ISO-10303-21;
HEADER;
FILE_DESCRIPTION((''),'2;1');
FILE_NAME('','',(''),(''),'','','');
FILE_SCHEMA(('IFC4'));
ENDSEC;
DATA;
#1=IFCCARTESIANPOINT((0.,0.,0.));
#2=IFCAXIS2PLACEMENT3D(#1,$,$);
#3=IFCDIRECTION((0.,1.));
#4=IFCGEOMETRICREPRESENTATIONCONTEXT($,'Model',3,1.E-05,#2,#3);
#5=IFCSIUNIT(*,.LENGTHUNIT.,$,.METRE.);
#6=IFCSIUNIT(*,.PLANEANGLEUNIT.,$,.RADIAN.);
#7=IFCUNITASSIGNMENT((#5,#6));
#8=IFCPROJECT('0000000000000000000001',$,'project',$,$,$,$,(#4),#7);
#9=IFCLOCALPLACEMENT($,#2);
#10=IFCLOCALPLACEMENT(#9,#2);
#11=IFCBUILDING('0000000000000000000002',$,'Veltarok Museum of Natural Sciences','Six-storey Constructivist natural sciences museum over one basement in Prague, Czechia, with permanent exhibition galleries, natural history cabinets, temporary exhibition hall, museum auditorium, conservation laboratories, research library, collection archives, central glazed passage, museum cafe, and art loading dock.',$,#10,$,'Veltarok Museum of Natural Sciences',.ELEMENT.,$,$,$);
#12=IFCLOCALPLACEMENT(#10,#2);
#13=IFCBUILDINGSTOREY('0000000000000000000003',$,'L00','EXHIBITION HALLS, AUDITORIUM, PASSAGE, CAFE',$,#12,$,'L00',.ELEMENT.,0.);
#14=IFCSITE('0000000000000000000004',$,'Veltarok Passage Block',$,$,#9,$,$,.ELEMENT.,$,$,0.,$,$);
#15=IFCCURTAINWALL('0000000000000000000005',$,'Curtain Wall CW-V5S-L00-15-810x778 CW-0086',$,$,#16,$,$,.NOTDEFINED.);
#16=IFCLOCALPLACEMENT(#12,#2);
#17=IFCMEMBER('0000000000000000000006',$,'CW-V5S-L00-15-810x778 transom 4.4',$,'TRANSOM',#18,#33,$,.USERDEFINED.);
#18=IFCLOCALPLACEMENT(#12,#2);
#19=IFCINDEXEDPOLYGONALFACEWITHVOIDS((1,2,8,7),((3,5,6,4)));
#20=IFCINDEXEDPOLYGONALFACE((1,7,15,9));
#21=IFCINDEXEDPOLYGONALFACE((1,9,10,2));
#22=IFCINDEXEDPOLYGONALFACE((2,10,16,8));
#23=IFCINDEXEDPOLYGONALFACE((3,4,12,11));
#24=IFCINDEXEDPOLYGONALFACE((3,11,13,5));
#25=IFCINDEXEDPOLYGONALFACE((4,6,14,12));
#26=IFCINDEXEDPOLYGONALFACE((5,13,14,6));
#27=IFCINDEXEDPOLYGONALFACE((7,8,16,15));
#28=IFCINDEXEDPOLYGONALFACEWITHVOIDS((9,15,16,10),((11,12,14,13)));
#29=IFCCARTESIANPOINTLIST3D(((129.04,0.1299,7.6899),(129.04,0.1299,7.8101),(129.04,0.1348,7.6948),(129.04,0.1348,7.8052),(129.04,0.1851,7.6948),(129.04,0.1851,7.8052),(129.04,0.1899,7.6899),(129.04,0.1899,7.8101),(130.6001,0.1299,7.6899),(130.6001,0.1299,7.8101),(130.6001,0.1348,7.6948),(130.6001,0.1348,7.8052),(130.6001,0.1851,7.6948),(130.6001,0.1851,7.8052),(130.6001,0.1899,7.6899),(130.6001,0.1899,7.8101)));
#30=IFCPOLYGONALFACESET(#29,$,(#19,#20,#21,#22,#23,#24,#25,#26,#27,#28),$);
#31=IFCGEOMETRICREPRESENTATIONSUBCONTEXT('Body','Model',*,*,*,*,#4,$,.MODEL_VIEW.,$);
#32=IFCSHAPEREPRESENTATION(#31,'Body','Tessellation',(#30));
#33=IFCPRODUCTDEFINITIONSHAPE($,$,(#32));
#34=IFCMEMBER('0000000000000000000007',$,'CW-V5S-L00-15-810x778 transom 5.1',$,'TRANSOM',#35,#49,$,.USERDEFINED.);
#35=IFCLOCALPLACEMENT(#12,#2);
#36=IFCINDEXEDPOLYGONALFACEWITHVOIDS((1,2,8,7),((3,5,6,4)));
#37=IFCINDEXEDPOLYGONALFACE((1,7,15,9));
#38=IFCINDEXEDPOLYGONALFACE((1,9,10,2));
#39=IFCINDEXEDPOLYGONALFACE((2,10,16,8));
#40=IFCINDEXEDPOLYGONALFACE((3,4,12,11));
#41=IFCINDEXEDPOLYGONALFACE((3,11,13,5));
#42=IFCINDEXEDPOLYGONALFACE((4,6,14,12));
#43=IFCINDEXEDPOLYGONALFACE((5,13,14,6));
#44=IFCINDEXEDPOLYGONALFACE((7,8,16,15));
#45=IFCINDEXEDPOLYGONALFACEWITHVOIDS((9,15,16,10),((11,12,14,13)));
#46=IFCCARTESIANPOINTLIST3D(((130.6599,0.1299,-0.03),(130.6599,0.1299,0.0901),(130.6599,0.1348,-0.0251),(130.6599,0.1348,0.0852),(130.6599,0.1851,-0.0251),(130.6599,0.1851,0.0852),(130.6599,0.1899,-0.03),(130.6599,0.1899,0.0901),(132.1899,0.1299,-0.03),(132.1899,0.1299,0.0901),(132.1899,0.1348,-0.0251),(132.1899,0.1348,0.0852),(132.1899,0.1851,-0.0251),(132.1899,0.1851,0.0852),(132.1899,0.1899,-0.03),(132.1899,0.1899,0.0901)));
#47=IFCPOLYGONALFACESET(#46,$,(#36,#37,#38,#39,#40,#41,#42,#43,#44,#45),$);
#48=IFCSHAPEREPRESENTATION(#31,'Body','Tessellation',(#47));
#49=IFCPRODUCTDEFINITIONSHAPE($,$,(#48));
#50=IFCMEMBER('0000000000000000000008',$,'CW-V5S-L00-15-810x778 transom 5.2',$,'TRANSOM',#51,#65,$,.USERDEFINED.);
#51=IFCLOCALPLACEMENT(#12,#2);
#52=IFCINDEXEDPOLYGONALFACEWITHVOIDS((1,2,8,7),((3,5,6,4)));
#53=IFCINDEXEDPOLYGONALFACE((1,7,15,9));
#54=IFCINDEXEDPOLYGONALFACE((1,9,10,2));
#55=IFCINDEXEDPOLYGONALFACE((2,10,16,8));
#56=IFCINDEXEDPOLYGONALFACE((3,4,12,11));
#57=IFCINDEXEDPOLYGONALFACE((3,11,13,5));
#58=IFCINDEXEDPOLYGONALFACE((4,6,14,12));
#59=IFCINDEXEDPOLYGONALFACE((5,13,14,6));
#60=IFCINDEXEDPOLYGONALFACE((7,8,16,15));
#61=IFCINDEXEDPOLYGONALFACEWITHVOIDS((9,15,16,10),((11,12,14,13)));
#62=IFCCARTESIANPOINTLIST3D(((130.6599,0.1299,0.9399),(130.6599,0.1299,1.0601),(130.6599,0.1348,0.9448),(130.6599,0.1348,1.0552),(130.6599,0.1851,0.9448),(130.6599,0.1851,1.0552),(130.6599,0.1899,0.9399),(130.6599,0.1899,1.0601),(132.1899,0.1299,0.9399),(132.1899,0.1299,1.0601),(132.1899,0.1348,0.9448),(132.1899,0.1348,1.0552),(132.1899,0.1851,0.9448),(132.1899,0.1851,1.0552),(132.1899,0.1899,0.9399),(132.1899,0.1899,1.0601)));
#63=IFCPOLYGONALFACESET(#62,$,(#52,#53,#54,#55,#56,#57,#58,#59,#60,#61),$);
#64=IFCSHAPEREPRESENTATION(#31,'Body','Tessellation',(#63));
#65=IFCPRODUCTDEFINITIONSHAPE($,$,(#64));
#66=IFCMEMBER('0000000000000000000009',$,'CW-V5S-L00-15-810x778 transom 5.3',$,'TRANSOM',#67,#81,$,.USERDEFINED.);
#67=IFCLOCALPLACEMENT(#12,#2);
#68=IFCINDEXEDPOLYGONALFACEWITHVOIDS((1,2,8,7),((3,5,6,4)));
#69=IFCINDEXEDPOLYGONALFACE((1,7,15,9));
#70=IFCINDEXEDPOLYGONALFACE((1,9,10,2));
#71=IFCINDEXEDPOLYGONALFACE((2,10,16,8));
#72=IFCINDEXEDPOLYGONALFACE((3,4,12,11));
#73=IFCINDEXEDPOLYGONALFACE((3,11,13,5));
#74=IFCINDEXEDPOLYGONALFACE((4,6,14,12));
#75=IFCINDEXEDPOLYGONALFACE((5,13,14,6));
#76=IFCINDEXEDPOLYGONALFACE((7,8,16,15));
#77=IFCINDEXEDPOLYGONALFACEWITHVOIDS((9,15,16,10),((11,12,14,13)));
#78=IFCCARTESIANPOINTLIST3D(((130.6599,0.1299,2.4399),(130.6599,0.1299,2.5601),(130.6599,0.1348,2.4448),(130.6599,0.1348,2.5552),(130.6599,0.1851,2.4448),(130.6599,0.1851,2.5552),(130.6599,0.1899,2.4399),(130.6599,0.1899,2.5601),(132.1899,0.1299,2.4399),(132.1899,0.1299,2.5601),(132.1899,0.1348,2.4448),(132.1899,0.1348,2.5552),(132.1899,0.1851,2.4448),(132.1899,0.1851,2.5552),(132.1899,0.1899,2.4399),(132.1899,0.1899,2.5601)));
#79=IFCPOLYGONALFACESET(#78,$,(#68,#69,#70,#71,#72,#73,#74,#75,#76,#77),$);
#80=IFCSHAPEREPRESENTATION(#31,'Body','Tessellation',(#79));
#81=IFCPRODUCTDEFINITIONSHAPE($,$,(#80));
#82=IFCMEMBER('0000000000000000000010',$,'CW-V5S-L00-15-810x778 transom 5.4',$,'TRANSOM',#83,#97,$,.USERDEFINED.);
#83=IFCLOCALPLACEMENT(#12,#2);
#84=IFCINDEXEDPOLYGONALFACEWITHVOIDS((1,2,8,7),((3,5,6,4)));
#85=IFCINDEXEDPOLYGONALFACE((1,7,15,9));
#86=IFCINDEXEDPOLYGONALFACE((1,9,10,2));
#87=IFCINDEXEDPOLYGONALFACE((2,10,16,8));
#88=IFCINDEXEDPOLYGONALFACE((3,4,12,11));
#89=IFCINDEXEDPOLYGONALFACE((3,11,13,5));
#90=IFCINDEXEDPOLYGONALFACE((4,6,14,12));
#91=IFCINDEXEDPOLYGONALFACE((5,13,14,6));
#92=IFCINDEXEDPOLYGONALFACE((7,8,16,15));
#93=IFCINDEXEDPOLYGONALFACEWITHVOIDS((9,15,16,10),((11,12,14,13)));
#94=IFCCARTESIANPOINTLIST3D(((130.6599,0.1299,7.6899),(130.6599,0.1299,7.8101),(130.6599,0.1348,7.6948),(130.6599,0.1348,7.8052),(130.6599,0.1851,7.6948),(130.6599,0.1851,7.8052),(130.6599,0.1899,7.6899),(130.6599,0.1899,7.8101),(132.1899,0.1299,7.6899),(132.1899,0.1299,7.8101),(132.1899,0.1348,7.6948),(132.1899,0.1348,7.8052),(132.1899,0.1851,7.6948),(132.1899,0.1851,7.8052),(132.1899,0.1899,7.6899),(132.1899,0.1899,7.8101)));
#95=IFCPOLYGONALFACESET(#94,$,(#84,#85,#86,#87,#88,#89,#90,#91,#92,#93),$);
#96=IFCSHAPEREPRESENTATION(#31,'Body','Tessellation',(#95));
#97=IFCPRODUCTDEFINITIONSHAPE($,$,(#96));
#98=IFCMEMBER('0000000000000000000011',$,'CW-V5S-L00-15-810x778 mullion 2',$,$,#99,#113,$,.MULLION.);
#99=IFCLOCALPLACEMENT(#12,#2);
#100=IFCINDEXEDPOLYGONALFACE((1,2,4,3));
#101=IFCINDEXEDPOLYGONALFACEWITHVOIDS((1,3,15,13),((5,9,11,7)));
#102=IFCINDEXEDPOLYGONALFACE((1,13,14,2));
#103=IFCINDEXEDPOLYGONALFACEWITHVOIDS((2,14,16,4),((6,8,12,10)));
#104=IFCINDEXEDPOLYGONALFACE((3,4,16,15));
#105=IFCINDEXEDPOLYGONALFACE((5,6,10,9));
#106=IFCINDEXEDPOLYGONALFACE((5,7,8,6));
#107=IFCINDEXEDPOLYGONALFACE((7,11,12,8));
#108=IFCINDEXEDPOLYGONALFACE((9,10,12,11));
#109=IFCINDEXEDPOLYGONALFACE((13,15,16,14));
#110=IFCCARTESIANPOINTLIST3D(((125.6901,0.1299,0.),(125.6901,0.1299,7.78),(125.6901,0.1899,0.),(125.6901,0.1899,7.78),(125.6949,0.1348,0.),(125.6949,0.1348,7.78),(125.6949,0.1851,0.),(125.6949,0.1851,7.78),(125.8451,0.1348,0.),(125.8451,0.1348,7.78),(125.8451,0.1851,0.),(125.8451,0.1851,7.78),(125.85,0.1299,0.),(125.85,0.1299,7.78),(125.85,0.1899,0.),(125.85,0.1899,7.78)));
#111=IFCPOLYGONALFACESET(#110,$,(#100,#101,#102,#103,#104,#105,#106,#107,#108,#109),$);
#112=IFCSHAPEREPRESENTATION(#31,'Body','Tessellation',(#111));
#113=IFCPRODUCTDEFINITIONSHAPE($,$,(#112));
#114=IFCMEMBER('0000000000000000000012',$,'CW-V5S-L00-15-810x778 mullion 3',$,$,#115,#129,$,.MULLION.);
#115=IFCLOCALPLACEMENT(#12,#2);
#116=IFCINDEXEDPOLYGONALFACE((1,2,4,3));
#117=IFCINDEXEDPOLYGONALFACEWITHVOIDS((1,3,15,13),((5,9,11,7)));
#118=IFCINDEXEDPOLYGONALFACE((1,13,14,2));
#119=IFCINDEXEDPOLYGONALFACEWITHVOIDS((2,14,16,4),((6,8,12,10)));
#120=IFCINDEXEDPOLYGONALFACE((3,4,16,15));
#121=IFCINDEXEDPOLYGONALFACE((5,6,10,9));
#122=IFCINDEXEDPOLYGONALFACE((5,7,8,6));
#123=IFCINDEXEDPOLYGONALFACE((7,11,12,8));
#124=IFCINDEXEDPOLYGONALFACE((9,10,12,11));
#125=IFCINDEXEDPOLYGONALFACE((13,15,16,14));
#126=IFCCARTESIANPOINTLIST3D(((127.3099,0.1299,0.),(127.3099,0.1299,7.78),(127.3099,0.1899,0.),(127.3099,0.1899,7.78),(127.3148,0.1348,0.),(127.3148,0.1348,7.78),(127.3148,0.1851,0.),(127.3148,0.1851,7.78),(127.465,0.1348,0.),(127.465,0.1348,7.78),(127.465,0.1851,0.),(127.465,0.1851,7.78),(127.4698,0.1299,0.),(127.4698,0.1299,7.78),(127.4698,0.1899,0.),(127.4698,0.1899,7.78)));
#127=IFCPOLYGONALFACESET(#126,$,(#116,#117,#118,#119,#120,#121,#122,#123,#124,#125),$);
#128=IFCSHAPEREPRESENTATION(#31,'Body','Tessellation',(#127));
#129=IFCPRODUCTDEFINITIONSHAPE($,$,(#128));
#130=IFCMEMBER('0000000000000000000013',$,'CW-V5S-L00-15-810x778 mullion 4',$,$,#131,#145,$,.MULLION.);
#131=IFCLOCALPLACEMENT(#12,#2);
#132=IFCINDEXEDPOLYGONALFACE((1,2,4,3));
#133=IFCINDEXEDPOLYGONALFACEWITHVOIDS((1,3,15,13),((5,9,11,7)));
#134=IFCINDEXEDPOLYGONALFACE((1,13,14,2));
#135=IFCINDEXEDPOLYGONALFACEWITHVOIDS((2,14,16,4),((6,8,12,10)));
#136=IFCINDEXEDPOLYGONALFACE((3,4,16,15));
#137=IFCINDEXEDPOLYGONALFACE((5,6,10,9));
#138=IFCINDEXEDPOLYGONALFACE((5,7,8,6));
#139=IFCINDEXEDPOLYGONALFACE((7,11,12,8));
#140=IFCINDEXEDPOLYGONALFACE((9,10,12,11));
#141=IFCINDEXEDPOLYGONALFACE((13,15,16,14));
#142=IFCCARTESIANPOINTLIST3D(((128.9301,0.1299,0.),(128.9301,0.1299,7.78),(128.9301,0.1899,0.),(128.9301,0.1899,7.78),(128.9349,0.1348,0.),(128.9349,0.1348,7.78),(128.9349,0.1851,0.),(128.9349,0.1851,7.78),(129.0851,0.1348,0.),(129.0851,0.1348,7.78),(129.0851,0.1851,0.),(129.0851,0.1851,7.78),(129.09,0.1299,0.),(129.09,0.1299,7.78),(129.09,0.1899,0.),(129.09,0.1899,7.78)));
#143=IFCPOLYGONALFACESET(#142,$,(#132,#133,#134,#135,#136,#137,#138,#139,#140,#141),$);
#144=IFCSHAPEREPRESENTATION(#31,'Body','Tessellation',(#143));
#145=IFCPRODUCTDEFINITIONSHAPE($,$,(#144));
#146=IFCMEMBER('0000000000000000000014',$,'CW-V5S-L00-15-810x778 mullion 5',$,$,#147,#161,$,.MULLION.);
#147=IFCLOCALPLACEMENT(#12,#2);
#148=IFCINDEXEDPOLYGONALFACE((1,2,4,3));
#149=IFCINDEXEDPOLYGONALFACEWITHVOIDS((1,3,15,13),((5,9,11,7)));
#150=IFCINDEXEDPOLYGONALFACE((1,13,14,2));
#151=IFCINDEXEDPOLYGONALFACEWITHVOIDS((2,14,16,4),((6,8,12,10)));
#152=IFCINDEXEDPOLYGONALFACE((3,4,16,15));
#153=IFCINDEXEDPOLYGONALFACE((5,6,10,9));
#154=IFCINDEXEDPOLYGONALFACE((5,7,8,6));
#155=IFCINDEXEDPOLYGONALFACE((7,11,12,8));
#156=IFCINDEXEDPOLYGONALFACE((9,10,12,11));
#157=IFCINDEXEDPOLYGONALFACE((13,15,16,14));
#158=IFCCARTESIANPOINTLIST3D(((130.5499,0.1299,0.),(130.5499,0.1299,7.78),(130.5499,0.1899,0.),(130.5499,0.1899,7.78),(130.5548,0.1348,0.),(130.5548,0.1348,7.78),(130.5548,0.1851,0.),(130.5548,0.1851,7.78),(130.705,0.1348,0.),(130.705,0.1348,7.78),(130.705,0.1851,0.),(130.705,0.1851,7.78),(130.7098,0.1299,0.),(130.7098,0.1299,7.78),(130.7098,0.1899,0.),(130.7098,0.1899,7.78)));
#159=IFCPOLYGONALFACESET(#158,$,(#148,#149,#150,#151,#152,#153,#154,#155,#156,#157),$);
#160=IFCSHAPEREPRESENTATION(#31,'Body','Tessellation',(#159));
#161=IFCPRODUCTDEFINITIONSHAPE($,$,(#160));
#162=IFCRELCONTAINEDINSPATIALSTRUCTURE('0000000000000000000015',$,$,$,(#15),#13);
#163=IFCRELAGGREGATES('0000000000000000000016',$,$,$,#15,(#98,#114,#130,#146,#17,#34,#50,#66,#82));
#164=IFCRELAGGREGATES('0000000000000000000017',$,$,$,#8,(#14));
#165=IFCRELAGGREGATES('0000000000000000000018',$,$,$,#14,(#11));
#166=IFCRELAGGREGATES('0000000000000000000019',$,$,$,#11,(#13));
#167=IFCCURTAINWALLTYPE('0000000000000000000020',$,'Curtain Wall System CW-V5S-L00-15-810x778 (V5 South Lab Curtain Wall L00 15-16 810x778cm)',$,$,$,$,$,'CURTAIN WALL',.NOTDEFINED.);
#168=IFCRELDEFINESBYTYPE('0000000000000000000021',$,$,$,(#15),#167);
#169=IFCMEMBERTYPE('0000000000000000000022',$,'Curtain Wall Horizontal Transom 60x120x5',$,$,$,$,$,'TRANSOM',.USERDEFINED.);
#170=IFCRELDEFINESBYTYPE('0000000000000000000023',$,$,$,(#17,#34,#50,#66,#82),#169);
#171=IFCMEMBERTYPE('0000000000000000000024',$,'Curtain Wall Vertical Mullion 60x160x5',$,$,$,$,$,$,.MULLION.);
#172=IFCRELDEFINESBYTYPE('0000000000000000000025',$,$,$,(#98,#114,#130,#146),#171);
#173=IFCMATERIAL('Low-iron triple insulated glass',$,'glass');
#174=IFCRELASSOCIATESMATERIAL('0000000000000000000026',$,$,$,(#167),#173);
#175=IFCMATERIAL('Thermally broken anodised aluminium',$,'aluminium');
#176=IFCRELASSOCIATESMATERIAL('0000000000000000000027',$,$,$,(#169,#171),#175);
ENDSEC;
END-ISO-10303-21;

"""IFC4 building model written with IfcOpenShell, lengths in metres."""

from ifc_helpers import new_model, si_unit, direction, frame, origin, origin_2d, place, context, subcontext, project, spatial, hollow_rectangle, extrude, material, material_profile, profile_set, type_object, element, aggregate, save


model = new_model("IFC4")

# Units and contexts
model_context = context("Model", 3, precision=1e-05, world=origin(), true_north=direction((0.0, 1.0)))
body_context = subcontext(model_context, "Body", "Model", "MODEL_VIEW")
ifc_project = project(units=[si_unit("LENGTHUNIT", "METRE"), si_unit("PLANEANGLEUNIT", "RADIAN")], contexts=[model_context])

# Site, building, storey
site_placement = place(None, origin())
site = spatial("IfcSite", under=ifc_project, at=site_placement, Name="Veltarok Passage Block", CompositionType="ELEMENT", RefElevation=0.0)
building_placement = place(site_placement, origin())
building = spatial("IfcBuilding", under=site, at=building_placement, Name="Veltarok Museum of Natural Sciences", Description="Six-storey Constructivist natural sciences museum over one basement in Prague, Czechia, with permanent exhibition galleries, natural history cabinets, temporary exhibition hall, museum auditorium, conservation laboratories, research library, collection archives, central glazed passage, museum cafe, and art loading dock.", LongName="Veltarok Museum of Natural Sciences", CompositionType="ELEMENT")
storey_placement = place(building_placement, origin())
storey = spatial("IfcBuildingStorey", under=building, at=storey_placement, Name="L00", Description="EXHIBITION HALLS, AUDITORIUM, PASSAGE, CAFE", LongName="L00", CompositionType="ELEMENT", Elevation=0.0)

# Curtain wall, members
ifc_material_1 = material(Name="Low-iron triple insulated glass", Category="glass")
curtain_wall_type = type_object("IfcCurtainWallType", Name="Curtain Wall System CW-V5S-L00-15-810x778 (V5 South Lab Curtain Wall L00 15-16 810x778cm)", ElementType="CURTAIN WALL", PredefinedType="NOTDEFINED", material=ifc_material_1)
curtain_wall_placement = place(storey_placement, origin())
curtain_wall = element("IfcCurtainWall", 1, at=curtain_wall_placement, inside=storey, type_object=curtain_wall_type, Name="Curtain Wall CW-V5S-L00-15-810x778 CW-0086", PredefinedType="NOTDEFINED")
ifc_material_2 = material(Name="Thermally broken anodised aluminium", Category="aluminium")
ifc_material_profile_1 = material_profile(ifc_material_2, hollow_rectangle(XDim=0.0601, YDim=0.1201, WallThickness=0.0049, at=origin_2d()), Name="CW TRANSOM 60x120x5")
ifc_profile_set_1 = profile_set([ifc_material_profile_1], Name="Thermally broken anodised aluminium")
member_type_1 = type_object("IfcMemberType", Name="Curtain Wall Horizontal Transom 60x120x5", ElementType="TRANSOM", PredefinedType="USERDEFINED", material=ifc_profile_set_1)
member_1_placement = place(storey_placement, frame((129.04, 0.1599, 7.75), z_axis=(1.0, 0.0, 0.0), x_axis=(0.0, 1.0, 0.0)))
member_1 = element("IfcMember", 2, at=member_1_placement, type_object=member_type_1, Name="CW-V5S-L00-15-810x778 transom 4.4", ObjectType="TRANSOM", PredefinedType="USERDEFINED", context=body_context, shape_type="SweptSolid", body=[
    extrude(hollow_rectangle(XDim=0.0601, YDim=0.1201, WallThickness=0.0049, at=origin_2d()), origin(), (0.0, 0.0, 1.0), 1.5601),
])
member_2_placement = place(storey_placement, frame((130.6599, 0.1599, 0.03), z_axis=(1.0, 0.0, 0.0), x_axis=(0.0, 1.0, 0.0)))
member_2 = element("IfcMember", 3, at=member_2_placement, type_object=member_type_1, Name="CW-V5S-L00-15-810x778 transom 5.1", ObjectType="TRANSOM", PredefinedType="USERDEFINED", context=body_context, shape_type="SweptSolid", body=[
    extrude(hollow_rectangle(XDim=0.0601, YDim=0.1201, WallThickness=0.0049, at=origin_2d()), origin(), (0.0, 0.0, 1.0), 1.53),
])
member_3_placement = place(storey_placement, frame((130.6599, 0.1599, 1.0), z_axis=(1.0, 0.0, 0.0), x_axis=(0.0, 1.0, 0.0)))
member_3 = element("IfcMember", 4, at=member_3_placement, type_object=member_type_1, Name="CW-V5S-L00-15-810x778 transom 5.2", ObjectType="TRANSOM", PredefinedType="USERDEFINED", context=body_context, shape_type="SweptSolid", body=[
    extrude(hollow_rectangle(XDim=0.0601, YDim=0.1201, WallThickness=0.0049, at=origin_2d()), origin(), (0.0, 0.0, 1.0), 1.53),
])
member_4_placement = place(storey_placement, frame((130.6599, 0.1599, 2.5), z_axis=(1.0, 0.0, 0.0), x_axis=(0.0, 1.0, 0.0)))
member_4 = element("IfcMember", 5, at=member_4_placement, type_object=member_type_1, Name="CW-V5S-L00-15-810x778 transom 5.3", ObjectType="TRANSOM", PredefinedType="USERDEFINED", context=body_context, shape_type="SweptSolid", body=[
    extrude(hollow_rectangle(XDim=0.0601, YDim=0.1201, WallThickness=0.0049, at=origin_2d()), origin(), (0.0, 0.0, 1.0), 1.53),
])
member_5_placement = place(storey_placement, frame((130.6599, 0.1599, 7.75), z_axis=(1.0, 0.0, 0.0), x_axis=(0.0, 1.0, 0.0)))
member_5 = element("IfcMember", 6, at=member_5_placement, type_object=member_type_1, Name="CW-V5S-L00-15-810x778 transom 5.4", ObjectType="TRANSOM", PredefinedType="USERDEFINED", context=body_context, shape_type="SweptSolid", body=[
    extrude(hollow_rectangle(XDim=0.0601, YDim=0.1201, WallThickness=0.0049, at=origin_2d()), origin(), (0.0, 0.0, 1.0), 1.53),
])
ifc_material_profile_2 = material_profile(ifc_material_2, hollow_rectangle(XDim=0.0601, YDim=0.1599, WallThickness=0.0049, at=origin_2d()), Name="CW MULLION 60x160x5")
ifc_profile_set_2 = profile_set([ifc_material_profile_2], Name="Thermally broken anodised aluminium")
member_type_2 = type_object("IfcMemberType", Name="Curtain Wall Vertical Mullion 60x160x5", PredefinedType="MULLION", material=ifc_profile_set_2)
member_6_placement = place(storey_placement, frame((125.77, 0.1599, 0.0), z_axis=(0.0, 0.0, 1.0), x_axis=(0.0, 1.0, 0.0)))
member_6 = element("IfcMember", 7, at=member_6_placement, type_object=member_type_2, Name="CW-V5S-L00-15-810x778 mullion 2", PredefinedType="MULLION", context=body_context, shape_type="SweptSolid", body=[
    extrude(hollow_rectangle(XDim=0.0601, YDim=0.1599, WallThickness=0.0049, at=origin_2d()), origin(), (0.0, 0.0, 1.0), 7.78),
])
member_7_placement = place(storey_placement, frame((127.3899, 0.1599, 0.0), z_axis=(0.0, 0.0, 1.0), x_axis=(0.0, 1.0, 0.0)))
member_7 = element("IfcMember", 8, at=member_7_placement, type_object=member_type_2, Name="CW-V5S-L00-15-810x778 mullion 3", PredefinedType="MULLION", context=body_context, shape_type="SweptSolid", body=[
    extrude(hollow_rectangle(XDim=0.0601, YDim=0.1599, WallThickness=0.0049, at=origin_2d()), origin(), (0.0, 0.0, 1.0), 7.78),
])
member_8_placement = place(storey_placement, frame((129.01, 0.1599, 0.0), z_axis=(0.0, 0.0, 1.0), x_axis=(0.0, 1.0, 0.0)))
member_8 = element("IfcMember", 9, at=member_8_placement, type_object=member_type_2, Name="CW-V5S-L00-15-810x778 mullion 4", PredefinedType="MULLION", context=body_context, shape_type="SweptSolid", body=[
    extrude(hollow_rectangle(XDim=0.0601, YDim=0.1599, WallThickness=0.0049, at=origin_2d()), origin(), (0.0, 0.0, 1.0), 7.78),
])
member_9_placement = place(storey_placement, frame((130.6299, 0.1599, 0.0), z_axis=(0.0, 0.0, 1.0), x_axis=(0.0, 1.0, 0.0)))
member_9 = element("IfcMember", 10, at=member_9_placement, type_object=member_type_2, Name="CW-V5S-L00-15-810x778 mullion 5", PredefinedType="MULLION", context=body_context, shape_type="SweptSolid", body=[
    extrude(hollow_rectangle(XDim=0.0601, YDim=0.1599, WallThickness=0.0049, at=origin_2d()), origin(), (0.0, 0.0, 1.0), 7.78),
])

aggregate(curtain_wall, [member_6, member_7, member_8, member_9, member_1, member_2, member_3, member_4, member_5])

save(model, "model.ifc")
